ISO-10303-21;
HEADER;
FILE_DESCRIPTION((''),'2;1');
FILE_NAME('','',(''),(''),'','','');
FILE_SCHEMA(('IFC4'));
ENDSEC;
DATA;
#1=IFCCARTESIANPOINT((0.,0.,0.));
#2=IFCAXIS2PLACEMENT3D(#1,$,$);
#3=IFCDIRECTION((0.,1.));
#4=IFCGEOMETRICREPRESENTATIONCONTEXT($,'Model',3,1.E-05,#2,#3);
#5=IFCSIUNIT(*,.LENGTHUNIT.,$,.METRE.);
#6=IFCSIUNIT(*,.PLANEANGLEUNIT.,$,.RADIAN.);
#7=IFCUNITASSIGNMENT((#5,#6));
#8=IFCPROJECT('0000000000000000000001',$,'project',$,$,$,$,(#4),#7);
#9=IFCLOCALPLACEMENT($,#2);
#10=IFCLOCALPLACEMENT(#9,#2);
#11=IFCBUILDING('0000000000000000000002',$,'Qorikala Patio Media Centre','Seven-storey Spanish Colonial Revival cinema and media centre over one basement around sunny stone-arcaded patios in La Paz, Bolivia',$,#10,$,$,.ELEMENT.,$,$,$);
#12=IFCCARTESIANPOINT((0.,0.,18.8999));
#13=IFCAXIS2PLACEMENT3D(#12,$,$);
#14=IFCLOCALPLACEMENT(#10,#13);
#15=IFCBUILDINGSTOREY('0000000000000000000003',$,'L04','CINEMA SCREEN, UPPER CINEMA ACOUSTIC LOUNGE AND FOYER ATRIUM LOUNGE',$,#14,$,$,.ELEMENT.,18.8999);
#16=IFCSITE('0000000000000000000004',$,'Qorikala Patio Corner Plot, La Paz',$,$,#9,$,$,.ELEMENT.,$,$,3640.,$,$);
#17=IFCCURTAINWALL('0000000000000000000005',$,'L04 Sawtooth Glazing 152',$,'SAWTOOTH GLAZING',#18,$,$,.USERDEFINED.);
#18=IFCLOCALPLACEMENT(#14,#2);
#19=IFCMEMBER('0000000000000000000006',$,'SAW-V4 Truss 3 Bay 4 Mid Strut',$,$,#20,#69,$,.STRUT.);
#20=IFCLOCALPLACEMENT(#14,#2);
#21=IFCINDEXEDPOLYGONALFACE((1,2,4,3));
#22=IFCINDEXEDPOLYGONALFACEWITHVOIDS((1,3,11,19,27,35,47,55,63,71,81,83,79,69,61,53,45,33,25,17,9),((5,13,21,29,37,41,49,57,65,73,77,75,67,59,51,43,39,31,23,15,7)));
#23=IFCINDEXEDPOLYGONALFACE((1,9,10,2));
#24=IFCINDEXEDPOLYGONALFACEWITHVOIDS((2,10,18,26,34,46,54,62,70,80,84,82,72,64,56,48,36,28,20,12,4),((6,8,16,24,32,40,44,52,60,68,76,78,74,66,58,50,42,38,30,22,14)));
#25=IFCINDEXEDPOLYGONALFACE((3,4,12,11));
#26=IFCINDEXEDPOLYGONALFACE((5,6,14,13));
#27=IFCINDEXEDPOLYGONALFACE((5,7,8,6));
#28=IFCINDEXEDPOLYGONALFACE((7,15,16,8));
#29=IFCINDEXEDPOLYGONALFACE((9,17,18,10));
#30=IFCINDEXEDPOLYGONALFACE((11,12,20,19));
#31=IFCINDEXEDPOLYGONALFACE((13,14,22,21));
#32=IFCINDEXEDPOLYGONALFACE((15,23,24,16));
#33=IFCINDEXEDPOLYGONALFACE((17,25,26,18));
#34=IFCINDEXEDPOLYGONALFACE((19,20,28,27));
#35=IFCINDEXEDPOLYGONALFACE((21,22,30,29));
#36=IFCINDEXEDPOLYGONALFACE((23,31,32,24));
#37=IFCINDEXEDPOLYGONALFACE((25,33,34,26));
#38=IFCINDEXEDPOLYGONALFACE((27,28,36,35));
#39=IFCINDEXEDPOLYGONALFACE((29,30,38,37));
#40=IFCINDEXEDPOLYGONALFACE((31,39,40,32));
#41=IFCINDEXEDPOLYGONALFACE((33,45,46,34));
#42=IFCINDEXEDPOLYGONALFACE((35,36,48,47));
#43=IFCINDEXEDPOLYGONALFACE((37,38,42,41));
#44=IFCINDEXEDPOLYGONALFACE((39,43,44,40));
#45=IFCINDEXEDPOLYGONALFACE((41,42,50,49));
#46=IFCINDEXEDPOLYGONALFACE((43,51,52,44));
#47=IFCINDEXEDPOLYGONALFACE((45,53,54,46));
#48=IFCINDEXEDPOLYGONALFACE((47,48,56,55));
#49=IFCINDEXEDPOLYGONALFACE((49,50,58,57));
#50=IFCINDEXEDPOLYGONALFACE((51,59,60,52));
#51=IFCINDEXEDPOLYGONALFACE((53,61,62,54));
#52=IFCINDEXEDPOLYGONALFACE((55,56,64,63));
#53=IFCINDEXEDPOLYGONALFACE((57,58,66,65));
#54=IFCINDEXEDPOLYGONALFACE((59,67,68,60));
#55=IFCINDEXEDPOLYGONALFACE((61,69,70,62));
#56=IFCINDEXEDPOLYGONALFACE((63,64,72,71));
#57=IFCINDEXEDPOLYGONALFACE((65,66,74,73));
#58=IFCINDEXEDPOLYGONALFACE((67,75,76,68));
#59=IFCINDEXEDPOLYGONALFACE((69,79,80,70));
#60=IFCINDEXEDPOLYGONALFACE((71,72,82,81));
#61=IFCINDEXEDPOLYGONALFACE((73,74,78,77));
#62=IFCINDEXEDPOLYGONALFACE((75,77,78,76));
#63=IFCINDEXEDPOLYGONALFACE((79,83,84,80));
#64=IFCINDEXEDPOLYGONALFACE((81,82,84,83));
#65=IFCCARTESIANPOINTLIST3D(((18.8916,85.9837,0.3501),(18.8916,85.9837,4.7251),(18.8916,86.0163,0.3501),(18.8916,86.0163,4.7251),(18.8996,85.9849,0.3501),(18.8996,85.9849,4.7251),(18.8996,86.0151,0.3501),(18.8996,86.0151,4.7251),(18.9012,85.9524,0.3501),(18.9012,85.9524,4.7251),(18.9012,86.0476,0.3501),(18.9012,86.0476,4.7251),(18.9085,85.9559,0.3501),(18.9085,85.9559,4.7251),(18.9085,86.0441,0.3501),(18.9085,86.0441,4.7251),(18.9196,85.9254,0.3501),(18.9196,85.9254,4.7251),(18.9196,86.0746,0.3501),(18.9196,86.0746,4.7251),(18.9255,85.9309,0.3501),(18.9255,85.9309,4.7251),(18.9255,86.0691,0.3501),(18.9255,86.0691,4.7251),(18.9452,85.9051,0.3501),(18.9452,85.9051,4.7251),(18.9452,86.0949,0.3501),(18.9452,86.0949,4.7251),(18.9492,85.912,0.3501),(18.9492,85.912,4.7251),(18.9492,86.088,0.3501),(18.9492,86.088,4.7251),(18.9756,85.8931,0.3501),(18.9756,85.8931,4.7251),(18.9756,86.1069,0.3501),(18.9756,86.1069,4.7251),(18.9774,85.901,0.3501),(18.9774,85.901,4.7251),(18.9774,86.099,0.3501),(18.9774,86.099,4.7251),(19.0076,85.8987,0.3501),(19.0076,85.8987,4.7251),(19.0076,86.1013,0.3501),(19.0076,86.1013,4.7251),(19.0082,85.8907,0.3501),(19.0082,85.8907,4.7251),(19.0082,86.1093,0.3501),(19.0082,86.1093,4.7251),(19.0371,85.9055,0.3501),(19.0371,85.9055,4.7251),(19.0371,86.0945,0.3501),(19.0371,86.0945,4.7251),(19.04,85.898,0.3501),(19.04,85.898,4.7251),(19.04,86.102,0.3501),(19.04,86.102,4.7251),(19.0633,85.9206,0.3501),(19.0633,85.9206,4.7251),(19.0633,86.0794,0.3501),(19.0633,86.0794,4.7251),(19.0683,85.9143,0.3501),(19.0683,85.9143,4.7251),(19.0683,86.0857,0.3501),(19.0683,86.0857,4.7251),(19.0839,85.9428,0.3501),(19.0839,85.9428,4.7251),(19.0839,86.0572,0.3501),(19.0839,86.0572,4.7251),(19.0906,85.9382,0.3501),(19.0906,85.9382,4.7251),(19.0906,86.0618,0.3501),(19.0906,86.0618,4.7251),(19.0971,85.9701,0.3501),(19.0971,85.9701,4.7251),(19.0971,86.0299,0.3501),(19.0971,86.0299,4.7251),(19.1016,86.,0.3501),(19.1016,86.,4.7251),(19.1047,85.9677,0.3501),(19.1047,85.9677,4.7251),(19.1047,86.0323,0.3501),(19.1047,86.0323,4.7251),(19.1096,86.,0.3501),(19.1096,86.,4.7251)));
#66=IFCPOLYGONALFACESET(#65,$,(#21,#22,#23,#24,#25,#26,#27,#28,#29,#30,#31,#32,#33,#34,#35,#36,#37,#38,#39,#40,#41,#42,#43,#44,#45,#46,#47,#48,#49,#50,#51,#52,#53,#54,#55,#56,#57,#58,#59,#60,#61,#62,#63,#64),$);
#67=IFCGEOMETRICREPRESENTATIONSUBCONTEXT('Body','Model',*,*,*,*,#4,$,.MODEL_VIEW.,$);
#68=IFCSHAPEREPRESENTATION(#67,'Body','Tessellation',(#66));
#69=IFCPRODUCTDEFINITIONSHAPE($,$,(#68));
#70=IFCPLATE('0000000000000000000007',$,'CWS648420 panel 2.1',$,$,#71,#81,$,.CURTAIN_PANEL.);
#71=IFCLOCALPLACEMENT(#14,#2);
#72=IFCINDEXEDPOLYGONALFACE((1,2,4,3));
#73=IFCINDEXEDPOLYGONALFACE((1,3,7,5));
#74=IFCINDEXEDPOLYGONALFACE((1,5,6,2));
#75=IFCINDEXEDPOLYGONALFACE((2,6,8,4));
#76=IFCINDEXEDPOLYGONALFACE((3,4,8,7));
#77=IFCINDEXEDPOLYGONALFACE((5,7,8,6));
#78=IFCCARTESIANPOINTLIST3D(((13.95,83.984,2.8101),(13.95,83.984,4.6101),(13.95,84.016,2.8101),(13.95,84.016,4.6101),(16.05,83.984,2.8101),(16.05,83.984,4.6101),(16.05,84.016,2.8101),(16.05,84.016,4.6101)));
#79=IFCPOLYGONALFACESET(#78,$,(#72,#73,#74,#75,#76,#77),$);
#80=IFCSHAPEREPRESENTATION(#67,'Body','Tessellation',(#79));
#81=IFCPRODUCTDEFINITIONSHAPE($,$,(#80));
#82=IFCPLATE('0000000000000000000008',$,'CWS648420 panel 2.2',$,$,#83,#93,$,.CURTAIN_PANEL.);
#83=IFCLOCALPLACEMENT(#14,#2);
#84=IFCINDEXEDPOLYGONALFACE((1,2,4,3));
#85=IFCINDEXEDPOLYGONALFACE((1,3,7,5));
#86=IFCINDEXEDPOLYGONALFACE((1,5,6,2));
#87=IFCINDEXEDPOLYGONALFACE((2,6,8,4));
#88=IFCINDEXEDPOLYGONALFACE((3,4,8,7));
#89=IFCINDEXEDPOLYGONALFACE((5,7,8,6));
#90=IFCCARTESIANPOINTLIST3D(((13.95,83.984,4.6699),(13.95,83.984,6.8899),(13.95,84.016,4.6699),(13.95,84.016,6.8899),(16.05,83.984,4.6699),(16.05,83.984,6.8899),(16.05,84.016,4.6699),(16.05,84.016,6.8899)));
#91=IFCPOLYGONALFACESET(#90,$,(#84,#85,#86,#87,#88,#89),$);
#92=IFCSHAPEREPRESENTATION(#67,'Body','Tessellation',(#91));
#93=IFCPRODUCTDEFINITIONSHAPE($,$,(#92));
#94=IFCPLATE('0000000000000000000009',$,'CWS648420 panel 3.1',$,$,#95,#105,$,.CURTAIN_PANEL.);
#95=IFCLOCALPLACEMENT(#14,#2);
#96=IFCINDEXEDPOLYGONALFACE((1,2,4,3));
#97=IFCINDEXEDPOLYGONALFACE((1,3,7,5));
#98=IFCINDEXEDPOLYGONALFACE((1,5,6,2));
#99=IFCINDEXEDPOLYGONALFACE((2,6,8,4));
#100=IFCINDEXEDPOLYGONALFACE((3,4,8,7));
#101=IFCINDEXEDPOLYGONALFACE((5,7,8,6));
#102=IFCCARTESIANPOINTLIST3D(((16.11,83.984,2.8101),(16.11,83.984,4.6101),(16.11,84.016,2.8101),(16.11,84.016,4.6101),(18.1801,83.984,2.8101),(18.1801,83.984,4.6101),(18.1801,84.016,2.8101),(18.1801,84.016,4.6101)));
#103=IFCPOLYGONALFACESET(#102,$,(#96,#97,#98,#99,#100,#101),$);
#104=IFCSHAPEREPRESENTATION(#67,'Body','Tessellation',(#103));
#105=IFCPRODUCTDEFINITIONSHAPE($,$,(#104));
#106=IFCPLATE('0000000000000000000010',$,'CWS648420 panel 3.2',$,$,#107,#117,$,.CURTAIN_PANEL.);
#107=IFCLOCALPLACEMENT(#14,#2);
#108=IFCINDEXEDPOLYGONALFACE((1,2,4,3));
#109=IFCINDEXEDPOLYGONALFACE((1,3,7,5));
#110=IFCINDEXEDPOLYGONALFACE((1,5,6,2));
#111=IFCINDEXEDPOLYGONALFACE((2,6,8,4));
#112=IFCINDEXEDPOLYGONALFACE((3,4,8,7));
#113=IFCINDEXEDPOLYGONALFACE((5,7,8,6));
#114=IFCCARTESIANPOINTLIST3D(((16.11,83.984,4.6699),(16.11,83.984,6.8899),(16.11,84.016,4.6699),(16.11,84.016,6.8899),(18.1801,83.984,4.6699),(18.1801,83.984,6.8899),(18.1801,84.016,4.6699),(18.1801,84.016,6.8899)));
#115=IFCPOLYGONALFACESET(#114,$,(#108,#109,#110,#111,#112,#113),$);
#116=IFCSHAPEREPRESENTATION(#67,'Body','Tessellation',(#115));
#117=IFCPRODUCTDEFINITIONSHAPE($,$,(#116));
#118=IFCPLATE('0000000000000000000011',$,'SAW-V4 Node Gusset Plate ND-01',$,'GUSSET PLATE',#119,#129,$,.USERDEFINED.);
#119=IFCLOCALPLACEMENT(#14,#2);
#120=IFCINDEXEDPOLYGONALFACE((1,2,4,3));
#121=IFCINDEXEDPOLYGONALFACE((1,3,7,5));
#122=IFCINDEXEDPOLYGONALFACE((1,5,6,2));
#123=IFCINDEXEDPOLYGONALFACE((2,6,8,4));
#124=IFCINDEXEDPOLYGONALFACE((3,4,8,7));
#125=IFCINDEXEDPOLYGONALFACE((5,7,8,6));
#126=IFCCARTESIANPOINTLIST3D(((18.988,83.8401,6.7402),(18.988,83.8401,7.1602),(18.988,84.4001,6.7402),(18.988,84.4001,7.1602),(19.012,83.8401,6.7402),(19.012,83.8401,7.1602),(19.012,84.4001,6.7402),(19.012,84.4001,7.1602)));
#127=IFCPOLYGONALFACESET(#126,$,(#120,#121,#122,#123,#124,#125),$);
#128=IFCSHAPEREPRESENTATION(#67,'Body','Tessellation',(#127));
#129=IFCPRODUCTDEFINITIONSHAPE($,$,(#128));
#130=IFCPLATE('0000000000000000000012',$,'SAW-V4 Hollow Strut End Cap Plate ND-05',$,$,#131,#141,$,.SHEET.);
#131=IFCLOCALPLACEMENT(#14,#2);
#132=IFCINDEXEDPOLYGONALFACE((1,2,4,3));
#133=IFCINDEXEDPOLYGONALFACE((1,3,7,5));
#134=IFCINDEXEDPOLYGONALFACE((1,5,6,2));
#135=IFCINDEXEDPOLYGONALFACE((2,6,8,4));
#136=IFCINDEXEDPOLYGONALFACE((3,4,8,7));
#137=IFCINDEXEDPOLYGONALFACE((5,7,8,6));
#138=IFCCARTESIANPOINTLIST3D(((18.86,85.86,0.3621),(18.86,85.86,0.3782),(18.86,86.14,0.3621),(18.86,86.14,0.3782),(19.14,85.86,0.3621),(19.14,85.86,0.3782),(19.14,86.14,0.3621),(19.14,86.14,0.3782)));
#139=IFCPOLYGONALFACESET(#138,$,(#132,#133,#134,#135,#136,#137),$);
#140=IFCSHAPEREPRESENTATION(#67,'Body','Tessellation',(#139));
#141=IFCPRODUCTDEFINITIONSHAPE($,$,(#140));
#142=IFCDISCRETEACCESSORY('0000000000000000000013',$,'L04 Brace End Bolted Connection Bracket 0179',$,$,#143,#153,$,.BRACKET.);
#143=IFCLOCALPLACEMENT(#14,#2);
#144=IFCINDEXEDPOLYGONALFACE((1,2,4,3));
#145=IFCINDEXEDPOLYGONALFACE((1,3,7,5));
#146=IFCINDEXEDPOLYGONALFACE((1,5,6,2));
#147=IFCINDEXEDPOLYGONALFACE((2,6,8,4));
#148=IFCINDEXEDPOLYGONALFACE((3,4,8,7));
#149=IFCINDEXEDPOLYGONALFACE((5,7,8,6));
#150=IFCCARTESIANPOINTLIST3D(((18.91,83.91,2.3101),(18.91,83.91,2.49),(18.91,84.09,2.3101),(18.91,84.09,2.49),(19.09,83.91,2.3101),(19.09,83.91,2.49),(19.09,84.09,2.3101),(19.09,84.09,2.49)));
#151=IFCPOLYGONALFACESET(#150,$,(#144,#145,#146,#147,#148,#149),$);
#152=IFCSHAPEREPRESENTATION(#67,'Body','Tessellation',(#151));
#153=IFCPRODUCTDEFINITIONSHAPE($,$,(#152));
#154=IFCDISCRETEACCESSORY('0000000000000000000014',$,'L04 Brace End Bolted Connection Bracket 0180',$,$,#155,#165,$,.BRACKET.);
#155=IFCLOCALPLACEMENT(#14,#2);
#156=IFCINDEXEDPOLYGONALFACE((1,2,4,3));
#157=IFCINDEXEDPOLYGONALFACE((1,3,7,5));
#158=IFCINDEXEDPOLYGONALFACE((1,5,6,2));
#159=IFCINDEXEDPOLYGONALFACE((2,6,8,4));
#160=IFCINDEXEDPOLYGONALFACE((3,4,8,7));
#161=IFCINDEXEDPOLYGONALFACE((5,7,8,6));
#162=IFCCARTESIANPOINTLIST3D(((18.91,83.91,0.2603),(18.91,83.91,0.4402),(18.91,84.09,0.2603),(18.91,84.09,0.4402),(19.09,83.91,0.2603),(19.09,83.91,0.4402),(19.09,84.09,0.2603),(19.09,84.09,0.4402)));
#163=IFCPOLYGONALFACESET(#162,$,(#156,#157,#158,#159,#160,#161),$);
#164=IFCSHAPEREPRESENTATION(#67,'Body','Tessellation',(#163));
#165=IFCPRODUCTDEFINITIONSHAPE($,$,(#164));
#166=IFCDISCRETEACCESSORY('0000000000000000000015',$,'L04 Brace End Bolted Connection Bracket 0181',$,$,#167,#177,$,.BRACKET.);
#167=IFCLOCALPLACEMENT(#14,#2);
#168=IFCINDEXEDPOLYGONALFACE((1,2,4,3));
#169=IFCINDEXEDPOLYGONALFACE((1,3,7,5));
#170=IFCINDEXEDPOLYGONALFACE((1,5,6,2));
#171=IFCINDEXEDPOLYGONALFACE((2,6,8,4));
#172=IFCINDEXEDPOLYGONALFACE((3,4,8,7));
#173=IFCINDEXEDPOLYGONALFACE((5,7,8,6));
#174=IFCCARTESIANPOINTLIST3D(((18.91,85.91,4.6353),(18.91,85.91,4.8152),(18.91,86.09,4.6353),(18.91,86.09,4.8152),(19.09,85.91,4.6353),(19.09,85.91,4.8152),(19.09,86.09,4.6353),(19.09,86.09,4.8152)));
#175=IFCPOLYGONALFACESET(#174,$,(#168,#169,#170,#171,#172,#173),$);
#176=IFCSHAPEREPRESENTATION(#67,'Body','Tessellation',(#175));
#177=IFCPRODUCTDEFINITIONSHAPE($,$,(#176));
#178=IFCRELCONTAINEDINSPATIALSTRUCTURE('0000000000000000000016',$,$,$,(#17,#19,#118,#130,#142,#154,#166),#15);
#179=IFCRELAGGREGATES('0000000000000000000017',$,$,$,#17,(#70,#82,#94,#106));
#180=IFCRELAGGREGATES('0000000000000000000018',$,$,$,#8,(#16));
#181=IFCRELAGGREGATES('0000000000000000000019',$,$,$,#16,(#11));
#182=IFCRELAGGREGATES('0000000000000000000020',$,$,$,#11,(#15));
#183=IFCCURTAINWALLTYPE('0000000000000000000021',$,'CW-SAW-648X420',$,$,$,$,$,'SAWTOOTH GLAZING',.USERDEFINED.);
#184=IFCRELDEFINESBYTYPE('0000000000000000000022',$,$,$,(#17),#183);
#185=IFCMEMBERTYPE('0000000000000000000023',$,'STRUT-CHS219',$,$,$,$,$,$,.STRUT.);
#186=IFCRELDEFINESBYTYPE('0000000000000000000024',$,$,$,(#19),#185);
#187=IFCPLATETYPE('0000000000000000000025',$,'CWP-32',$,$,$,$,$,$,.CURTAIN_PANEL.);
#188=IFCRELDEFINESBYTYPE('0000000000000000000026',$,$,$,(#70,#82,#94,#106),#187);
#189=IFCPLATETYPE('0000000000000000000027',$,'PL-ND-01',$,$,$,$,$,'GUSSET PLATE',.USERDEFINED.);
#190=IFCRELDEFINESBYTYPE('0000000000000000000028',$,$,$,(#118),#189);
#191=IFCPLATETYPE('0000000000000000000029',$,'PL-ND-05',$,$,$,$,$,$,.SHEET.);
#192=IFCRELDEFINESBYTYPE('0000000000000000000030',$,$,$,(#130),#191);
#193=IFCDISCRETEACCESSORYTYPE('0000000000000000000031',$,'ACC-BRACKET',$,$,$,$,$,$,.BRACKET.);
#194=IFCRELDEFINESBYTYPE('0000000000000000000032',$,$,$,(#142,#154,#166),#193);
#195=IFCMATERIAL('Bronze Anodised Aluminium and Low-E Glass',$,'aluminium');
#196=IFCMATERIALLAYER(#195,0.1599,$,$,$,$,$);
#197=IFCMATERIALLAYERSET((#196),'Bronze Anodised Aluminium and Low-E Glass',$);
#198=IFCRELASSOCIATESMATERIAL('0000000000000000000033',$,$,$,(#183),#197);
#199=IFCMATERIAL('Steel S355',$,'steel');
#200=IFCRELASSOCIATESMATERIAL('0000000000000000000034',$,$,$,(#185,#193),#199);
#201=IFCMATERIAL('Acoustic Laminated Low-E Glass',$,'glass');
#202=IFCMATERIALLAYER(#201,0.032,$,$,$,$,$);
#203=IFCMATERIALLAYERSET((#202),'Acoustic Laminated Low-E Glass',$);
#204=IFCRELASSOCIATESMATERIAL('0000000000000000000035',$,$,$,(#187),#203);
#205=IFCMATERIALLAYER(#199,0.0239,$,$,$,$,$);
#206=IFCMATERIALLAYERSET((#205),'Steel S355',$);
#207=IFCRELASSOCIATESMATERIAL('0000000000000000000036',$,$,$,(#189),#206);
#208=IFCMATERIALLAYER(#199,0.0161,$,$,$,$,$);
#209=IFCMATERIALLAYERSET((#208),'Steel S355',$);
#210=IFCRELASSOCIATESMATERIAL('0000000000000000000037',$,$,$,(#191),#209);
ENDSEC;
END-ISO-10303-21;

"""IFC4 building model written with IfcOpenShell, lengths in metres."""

from ifc_helpers import new_model, si_unit, direction, frame, origin, origin_2d, place, context, subcontext, project, spatial, rectangle, hollow_circle, extrude, material, layer, layer_set, material_profile, profile_set, type_object, element, aggregate, save


model = new_model("IFC4")

# Units and contexts
model_context = context("Model", 3, precision=1e-05, world=origin(), true_north=direction((0.0, 1.0)))
body_context = subcontext(model_context, "Body", "Model", "MODEL_VIEW")
ifc_project = project(units=[si_unit("LENGTHUNIT", "METRE"), si_unit("PLANEANGLEUNIT", "RADIAN")], contexts=[model_context])

# Site, building, storey
site_placement = place(None, origin())
site = spatial("IfcSite", under=ifc_project, at=site_placement, Name="Qorikala Patio Corner Plot, La Paz", CompositionType="ELEMENT", RefElevation=3640.0)
building_placement = place(site_placement, origin())
building = spatial("IfcBuilding", under=site, at=building_placement, Name="Qorikala Patio Media Centre", Description="Seven-storey Spanish Colonial Revival cinema and media centre over one basement around sunny stone-arcaded patios in La Paz, Bolivia", CompositionType="ELEMENT")
storey_placement = place(building_placement, frame((0.0, 0.0, 18.8999)))
storey = spatial("IfcBuildingStorey", under=building, at=storey_placement, Name="L04", Description="CINEMA SCREEN, UPPER CINEMA ACOUSTIC LOUNGE AND FOYER ATRIUM LOUNGE", CompositionType="ELEMENT", Elevation=18.8999)

# Shared definitions
ifc_material_1 = material(Name="Steel S355", Category="steel")

# Curtain wall
ifc_material_2 = material(Name="Bronze Anodised Aluminium and Low-E Glass", Category="aluminium")
ifc_layer_1 = layer(ifc_material_2, 0.1599)
ifc_layer_set_1 = layer_set([ifc_layer_1], Name="Bronze Anodised Aluminium and Low-E Glass")
curtain_wall_type_1 = type_object("IfcCurtainWallType", Name="CW-SAW-648X420", ElementType="SAWTOOTH GLAZING", PredefinedType="USERDEFINED", material=ifc_layer_set_1)
curtain_wall_1_placement = place(storey_placement, origin())
curtain_wall_1 = element("IfcCurtainWall", 1, at=curtain_wall_1_placement, inside=storey, type_object=curtain_wall_type_1, Name="L04 Sawtooth Glazing 152", ObjectType="SAWTOOTH GLAZING", PredefinedType="USERDEFINED")

# Member
ifc_material_profile_1 = material_profile(ifc_material_1, hollow_circle(Radius=0.1096, WallThickness=0.0081, at=origin_2d()), Name="CHS219X8")
ifc_profile_set_1 = profile_set([ifc_material_profile_1], Name="Steel S355")
member_type_1 = type_object("IfcMemberType", Name="STRUT-CHS219", PredefinedType="STRUT", material=ifc_profile_set_1)
member_1_placement = place(storey_placement, frame((19.0, 86.0, 0.3501), z_axis=(0.0, 0.0, 1.0), x_axis=(1.0, 0.0, 0.0)))
element("IfcMember", 2, at=member_1_placement, inside=storey, type_object=member_type_1, Name="SAW-V4 Truss 3 Bay 4 Mid Strut", PredefinedType="STRUT", context=body_context, shape_type="SweptSolid", body=[
    extrude(hollow_circle(Radius=0.1096, WallThickness=0.0081, at=origin_2d()), origin(), (0.0, 0.0, 1.0), 4.375),
])

# Plates
ifc_material_3 = material(Name="Acoustic Laminated Low-E Glass", Category="glass")
ifc_layer_2 = layer(ifc_material_3, 0.032)
ifc_layer_set_2 = layer_set([ifc_layer_2], Name="Acoustic Laminated Low-E Glass")
plate_type_1 = type_object("IfcPlateType", Name="CWP-32", PredefinedType="CURTAIN_PANEL", material=ifc_layer_set_2)
plate_1_placement = place(storey_placement, frame((15.0, 84.0, 2.8101), z_axis=(0.0, 0.0, 1.0), x_axis=(1.0, 0.0, 0.0)))
plate_1 = element("IfcPlate", 3, at=plate_1_placement, type_object=plate_type_1, Name="CWS648420 panel 2.1", PredefinedType="CURTAIN_PANEL", context=body_context, shape_type="SweptSolid", body=[
    extrude(rectangle(XDim=2.1001, YDim=0.032, at=origin_2d()), origin(), (0.0, 0.0, 1.0), 1.8),
])
plate_2_placement = place(storey_placement, frame((15.0, 84.0, 4.6699), z_axis=(0.0, 0.0, 1.0), x_axis=(1.0, 0.0, 0.0)))
plate_2 = element("IfcPlate", 4, at=plate_2_placement, type_object=plate_type_1, Name="CWS648420 panel 2.2", PredefinedType="CURTAIN_PANEL", context=body_context, shape_type="SweptSolid", body=[
    extrude(rectangle(XDim=2.1001, YDim=0.032, at=origin_2d()), origin(), (0.0, 0.0, 1.0), 2.22),
])
plate_3_placement = place(storey_placement, frame((17.145, 84.0, 2.8101), z_axis=(0.0, 0.0, 1.0), x_axis=(1.0, 0.0, 0.0)))
plate_3 = element("IfcPlate", 5, at=plate_3_placement, type_object=plate_type_1, Name="CWS648420 panel 3.1", PredefinedType="CURTAIN_PANEL", context=body_context, shape_type="SweptSolid", body=[
    extrude(rectangle(XDim=2.0701, YDim=0.032, at=origin_2d()), origin(), (0.0, 0.0, 1.0), 1.8),
])
plate_4_placement = place(storey_placement, frame((17.145, 84.0, 4.6699), z_axis=(0.0, 0.0, 1.0), x_axis=(1.0, 0.0, 0.0)))
plate_4 = element("IfcPlate", 6, at=plate_4_placement, type_object=plate_type_1, Name="CWS648420 panel 3.2", PredefinedType="CURTAIN_PANEL", context=body_context, shape_type="SweptSolid", body=[
    extrude(rectangle(XDim=2.0701, YDim=0.032, at=origin_2d()), origin(), (0.0, 0.0, 1.0), 2.22),
])
aggregate(curtain_wall_1, [plate_1, plate_2, plate_3, plate_4])

# Plates
ifc_layer_3 = layer(ifc_material_1, 0.0239)
ifc_layer_set_3 = layer_set([ifc_layer_3], Name="Steel S355")
plate_type_2 = type_object("IfcPlateType", Name="PL-ND-01", ElementType="GUSSET PLATE", PredefinedType="USERDEFINED", material=ifc_layer_set_3)
plate_5_placement = place(storey_placement, frame((19.0, 84.1201, 6.7402), z_axis=(0.0, 0.0, 1.0), x_axis=(1.0, 0.0, 0.0)))
element("IfcPlate", 7, at=plate_5_placement, inside=storey, type_object=plate_type_2, Name="SAW-V4 Node Gusset Plate ND-01", ObjectType="GUSSET PLATE", PredefinedType="USERDEFINED", context=body_context, shape_type="SweptSolid", body=[
    extrude(rectangle(XDim=0.0239, YDim=0.5601, at=origin_2d()), origin(), (0.0, 0.0, 1.0), 0.4199),
])
ifc_layer_4 = layer(ifc_material_1, 0.0161)
ifc_layer_set_4 = layer_set([ifc_layer_4], Name="Steel S355")
plate_type_3 = type_object("IfcPlateType", Name="PL-ND-05", PredefinedType="SHEET", material=ifc_layer_set_4)
plate_6_placement = place(storey_placement, frame((19.0, 86.0, 0.3621), z_axis=(0.0, 0.0, 1.0), x_axis=(1.0, 0.0, 0.0)))
element("IfcPlate", 8, at=plate_6_placement, inside=storey, type_object=plate_type_3, Name="SAW-V4 Hollow Strut End Cap Plate ND-05", PredefinedType="SHEET", context=body_context, shape_type="SweptSolid", body=[
    extrude(rectangle(XDim=0.28, YDim=0.28, at=origin_2d()), origin(), (0.0, 0.0, 1.0), 0.0161),
])

# Discrete accessories
discrete_accessory_type = type_object("IfcDiscreteAccessoryType", Name="ACC-BRACKET", PredefinedType="BRACKET", material=ifc_material_1)
for number, where, z_axis, x_axis, name in (
    (9, (19.0, 84.0, 2.3101), (0.0, 0.0, 1.0), (1.0, 0.0, 0.0), "L04 Brace End Bolted Connection Bracket 0179"),
    (10, (19.0, 84.0, 0.2603), (0.0, 0.0, 1.0), (1.0, 0.0, 0.0), "L04 Brace End Bolted Connection Bracket 0180"),
    (11, (19.0, 86.0, 4.6353), (0.0, 0.0, 1.0), (1.0, 0.0, 0.0), "L04 Brace End Bolted Connection Bracket 0181"),
):
    element("IfcDiscreteAccessory", number, at=place(storey_placement, frame(where, z_axis=z_axis, x_axis=x_axis)), inside=storey, type_object=discrete_accessory_type, Name=name, PredefinedType="BRACKET", context=body_context, shape_type="SweptSolid", body=[
        extrude(rectangle(XDim=0.1799, YDim=0.1799, at=origin_2d()), origin(), (0.0, 0.0, 1.0), 0.1799),
    ])

save(model, "model.ifc")
